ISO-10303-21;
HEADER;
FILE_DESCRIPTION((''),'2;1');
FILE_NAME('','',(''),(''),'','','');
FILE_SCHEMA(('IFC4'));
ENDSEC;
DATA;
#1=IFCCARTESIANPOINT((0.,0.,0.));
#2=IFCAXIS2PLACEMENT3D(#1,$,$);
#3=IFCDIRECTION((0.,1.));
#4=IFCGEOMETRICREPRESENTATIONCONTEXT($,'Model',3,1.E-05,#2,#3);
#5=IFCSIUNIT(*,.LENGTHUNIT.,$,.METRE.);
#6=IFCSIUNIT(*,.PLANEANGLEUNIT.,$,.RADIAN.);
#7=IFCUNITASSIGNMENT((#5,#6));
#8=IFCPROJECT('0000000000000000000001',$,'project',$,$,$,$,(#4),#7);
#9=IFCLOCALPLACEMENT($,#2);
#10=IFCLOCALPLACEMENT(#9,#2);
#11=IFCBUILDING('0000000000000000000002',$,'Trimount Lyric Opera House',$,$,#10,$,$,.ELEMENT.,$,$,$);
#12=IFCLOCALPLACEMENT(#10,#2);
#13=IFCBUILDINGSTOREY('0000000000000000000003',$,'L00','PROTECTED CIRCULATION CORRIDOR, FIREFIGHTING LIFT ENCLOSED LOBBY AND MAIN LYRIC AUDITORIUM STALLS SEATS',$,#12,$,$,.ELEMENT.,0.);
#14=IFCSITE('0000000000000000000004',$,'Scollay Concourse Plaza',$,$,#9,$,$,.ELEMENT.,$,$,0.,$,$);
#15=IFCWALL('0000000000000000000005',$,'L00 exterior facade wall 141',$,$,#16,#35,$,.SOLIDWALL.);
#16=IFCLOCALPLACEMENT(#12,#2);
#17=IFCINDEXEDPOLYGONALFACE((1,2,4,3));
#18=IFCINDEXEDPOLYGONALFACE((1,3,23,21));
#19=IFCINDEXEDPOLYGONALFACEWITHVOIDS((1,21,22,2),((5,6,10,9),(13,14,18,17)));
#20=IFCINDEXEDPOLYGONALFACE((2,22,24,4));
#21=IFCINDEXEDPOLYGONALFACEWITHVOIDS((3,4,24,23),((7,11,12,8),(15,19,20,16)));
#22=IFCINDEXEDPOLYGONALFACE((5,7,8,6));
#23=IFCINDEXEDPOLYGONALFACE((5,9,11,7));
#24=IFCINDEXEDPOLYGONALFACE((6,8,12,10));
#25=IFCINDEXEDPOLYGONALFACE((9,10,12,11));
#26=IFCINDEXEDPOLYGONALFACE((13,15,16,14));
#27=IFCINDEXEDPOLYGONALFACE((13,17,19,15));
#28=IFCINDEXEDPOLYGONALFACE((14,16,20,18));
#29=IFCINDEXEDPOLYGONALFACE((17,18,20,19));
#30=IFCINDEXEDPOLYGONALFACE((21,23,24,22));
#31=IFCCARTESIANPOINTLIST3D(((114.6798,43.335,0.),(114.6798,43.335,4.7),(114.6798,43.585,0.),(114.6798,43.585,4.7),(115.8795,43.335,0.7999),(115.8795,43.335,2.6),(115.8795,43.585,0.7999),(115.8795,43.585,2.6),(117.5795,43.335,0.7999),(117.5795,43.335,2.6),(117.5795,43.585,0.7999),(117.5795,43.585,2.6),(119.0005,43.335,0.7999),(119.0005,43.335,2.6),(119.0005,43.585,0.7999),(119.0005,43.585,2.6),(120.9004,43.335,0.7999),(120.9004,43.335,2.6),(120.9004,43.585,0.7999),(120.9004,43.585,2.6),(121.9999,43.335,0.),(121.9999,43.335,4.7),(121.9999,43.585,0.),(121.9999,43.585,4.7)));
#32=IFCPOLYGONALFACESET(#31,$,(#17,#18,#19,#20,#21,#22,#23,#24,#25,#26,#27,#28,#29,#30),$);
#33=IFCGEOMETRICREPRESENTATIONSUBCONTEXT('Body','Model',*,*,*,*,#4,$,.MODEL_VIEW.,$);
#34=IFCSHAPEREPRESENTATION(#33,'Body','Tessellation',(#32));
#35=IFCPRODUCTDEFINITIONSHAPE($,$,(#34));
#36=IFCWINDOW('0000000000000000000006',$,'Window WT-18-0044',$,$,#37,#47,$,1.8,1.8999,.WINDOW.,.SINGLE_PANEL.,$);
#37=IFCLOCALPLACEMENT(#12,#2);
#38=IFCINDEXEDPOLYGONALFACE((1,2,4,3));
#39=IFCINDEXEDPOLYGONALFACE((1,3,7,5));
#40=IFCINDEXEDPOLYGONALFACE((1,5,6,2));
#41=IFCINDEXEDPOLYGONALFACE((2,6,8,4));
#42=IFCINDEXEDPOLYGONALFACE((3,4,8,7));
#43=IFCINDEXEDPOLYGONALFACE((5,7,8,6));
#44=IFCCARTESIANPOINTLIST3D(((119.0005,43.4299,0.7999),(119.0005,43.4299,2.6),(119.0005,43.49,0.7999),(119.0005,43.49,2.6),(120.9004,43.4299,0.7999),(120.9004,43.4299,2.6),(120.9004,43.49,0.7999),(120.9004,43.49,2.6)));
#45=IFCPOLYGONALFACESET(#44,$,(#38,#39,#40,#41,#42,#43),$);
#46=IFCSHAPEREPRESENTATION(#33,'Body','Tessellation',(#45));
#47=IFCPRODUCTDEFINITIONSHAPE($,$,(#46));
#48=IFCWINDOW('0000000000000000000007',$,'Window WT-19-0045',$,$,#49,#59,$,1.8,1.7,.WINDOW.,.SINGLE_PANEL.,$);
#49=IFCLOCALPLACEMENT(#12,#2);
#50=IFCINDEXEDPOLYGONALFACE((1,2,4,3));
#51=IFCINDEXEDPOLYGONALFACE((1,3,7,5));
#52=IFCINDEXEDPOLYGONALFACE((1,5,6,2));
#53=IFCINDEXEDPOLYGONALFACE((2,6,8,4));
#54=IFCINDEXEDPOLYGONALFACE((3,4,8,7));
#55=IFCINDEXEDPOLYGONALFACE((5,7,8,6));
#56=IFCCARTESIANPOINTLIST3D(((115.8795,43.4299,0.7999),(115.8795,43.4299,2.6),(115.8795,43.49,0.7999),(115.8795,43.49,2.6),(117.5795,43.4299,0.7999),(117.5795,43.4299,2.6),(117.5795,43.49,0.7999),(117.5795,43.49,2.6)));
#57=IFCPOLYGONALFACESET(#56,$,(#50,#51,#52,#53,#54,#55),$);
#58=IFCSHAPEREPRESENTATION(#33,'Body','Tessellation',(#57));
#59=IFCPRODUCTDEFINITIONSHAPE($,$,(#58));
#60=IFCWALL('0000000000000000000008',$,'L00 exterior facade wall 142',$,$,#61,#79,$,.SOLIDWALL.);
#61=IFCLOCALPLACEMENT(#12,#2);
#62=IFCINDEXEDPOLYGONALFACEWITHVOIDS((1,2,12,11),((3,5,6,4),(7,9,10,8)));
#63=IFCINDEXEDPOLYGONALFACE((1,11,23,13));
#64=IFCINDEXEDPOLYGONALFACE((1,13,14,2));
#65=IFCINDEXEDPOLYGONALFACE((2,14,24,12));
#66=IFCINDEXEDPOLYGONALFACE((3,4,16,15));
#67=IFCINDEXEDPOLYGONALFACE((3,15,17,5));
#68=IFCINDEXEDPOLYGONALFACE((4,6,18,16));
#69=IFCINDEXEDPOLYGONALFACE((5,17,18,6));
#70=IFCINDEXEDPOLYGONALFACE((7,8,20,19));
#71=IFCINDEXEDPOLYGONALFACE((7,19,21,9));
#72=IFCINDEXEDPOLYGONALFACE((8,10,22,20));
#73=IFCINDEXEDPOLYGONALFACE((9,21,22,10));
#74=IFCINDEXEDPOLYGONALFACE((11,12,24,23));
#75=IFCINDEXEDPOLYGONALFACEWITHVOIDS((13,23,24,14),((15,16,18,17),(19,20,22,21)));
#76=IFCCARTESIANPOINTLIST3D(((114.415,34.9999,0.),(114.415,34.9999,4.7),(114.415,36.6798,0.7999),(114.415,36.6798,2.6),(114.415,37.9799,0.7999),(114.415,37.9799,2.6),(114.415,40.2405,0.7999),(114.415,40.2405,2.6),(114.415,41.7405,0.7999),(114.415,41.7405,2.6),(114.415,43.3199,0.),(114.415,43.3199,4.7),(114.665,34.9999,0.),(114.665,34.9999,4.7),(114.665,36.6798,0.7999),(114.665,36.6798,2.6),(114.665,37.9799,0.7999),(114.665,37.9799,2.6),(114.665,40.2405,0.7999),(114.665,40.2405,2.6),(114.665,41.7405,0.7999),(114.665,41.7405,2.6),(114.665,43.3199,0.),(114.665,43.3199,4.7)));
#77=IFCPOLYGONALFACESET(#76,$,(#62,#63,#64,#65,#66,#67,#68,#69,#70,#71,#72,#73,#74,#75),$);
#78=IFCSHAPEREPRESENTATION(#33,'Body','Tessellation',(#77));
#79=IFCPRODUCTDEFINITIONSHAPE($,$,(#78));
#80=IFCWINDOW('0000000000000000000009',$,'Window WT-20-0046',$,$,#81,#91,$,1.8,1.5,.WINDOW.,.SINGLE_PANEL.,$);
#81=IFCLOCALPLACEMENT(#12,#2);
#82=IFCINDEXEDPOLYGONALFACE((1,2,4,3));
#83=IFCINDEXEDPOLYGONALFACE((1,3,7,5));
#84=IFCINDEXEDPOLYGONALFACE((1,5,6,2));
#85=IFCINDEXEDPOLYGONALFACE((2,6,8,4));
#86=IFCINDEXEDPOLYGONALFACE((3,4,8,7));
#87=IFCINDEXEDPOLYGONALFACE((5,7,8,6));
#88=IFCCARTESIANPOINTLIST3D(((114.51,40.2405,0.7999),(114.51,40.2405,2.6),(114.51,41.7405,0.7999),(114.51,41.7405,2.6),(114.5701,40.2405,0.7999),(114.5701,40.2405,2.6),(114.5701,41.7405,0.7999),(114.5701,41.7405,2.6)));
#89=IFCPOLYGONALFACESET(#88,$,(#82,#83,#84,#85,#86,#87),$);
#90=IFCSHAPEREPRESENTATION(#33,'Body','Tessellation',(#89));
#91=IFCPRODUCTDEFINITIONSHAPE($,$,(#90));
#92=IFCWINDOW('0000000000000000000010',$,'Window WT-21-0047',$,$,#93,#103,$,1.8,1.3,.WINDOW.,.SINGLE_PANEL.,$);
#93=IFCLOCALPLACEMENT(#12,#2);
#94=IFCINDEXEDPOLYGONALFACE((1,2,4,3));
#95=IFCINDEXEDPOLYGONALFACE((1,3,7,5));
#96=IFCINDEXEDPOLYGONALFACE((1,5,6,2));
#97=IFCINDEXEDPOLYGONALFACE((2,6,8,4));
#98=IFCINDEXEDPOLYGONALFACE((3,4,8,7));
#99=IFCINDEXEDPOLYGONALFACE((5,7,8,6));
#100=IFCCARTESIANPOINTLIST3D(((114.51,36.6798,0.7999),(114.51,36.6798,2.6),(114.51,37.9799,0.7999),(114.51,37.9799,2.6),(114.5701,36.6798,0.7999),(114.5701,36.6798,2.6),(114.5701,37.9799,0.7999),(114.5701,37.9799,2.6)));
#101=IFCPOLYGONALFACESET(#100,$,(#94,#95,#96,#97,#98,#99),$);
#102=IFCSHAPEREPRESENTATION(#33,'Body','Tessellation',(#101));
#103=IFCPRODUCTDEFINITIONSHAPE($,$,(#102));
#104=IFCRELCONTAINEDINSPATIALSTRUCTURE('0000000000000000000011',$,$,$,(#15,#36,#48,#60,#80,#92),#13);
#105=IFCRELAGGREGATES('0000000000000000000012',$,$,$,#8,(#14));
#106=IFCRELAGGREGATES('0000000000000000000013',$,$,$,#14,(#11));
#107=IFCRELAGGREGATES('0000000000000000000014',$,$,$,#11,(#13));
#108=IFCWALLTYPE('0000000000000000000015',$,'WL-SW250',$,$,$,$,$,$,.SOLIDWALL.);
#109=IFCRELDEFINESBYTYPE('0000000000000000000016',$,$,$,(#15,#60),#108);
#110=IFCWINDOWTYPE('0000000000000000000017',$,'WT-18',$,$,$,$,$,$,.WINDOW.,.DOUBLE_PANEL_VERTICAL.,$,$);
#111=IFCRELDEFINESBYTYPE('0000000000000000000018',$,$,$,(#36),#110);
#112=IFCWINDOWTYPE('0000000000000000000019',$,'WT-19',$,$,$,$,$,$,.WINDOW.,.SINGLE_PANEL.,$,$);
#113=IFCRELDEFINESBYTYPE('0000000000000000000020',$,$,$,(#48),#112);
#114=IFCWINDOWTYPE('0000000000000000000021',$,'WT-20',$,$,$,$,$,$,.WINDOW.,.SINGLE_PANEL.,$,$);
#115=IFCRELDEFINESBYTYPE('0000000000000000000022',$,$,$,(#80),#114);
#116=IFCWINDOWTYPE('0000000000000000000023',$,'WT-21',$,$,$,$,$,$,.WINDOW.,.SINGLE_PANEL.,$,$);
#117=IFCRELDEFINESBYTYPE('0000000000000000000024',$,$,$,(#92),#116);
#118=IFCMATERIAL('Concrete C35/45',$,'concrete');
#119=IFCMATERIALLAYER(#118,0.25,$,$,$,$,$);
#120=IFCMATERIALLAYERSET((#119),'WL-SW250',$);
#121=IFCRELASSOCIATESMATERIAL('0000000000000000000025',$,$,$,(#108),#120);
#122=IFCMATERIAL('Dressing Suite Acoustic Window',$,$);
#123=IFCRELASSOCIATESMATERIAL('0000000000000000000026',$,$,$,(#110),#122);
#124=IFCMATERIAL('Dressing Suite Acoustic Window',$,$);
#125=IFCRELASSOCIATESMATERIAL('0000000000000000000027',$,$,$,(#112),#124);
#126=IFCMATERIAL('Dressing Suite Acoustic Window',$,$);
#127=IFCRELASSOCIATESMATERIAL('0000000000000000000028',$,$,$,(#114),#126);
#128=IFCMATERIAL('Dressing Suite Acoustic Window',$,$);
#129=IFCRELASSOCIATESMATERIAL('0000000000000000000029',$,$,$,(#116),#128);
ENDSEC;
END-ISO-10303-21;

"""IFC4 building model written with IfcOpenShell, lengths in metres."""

from ifc_helpers import new_model, si_unit, direction, frame, frame_2d, origin, place, context, subcontext, project, spatial, rectangle, extrude, material, layer, layer_set, type_object, element, fill, save


model = new_model("IFC4")

# Units and contexts
model_context = context("Model", 3, precision=1e-05, world=origin(), true_north=direction((0.0, 1.0)))
body_context = subcontext(model_context, "Body", "Model", "MODEL_VIEW")
ifc_project = project(units=[si_unit("LENGTHUNIT", "METRE"), si_unit("PLANEANGLEUNIT", "RADIAN")], contexts=[model_context])

# Site, building, storey
site_placement = place(None, origin())
site = spatial("IfcSite", under=ifc_project, at=site_placement, Name="Scollay Concourse Plaza", CompositionType="ELEMENT", RefElevation=0.0)
building_placement = place(site_placement, origin())
building = spatial("IfcBuilding", under=site, at=building_placement, Name="Trimount Lyric Opera House", CompositionType="ELEMENT")
storey_placement = place(building_placement, origin())
storey = spatial("IfcBuildingStorey", under=building, at=storey_placement, Name="L00", Description="PROTECTED CIRCULATION CORRIDOR, FIREFIGHTING LIFT ENCLOSED LOBBY AND MAIN LYRIC AUDITORIUM STALLS SEATS", CompositionType="ELEMENT", Elevation=0.0)

# Walls, openings, windows
ifc_material_1 = material(Name="Concrete C35/45", Category="concrete")
ifc_layer = layer(ifc_material_1, 0.25)
ifc_layer_set = layer_set([ifc_layer], Name="WL-SW250")
wall_type = type_object("IfcWallType", Name="WL-SW250", PredefinedType="SOLIDWALL", material=ifc_layer_set)
wall_1_placement = place(storey_placement, frame((122.0, 43.46, 0.0), z_axis=(0.0, 0.0, 1.0), x_axis=(-1.0, 0.0, 0.0)))
wall_1 = element("IfcWall", 1, at=wall_1_placement, inside=storey, type_object=wall_type, Name="L00 exterior facade wall 141", PredefinedType="SOLIDWALL", context=body_context, shape_type="SweptSolid", body=[
    extrude(rectangle(XDim=7.3201, YDim=0.25, at=frame_2d((3.6602, 0.0))), origin(), (0.0, 0.0, 1.0), 4.7),
])
opening_1_placement = place(wall_1_placement, frame((1.0996, 0.0, 0.8)))
opening_1 = element("IfcOpeningElement", 2, at=opening_1_placement, cuts=wall_1, PredefinedType="OPENING", context=body_context, shape_type="SweptSolid", body=[
    extrude(rectangle(XDim=1.8999, YDim=1.8, at=frame_2d((0.95, 0.8999))), frame((0.0, 0.135, 0.0), z_axis=(0.0, -1.0, 0.0), x_axis=(1.0, 0.0, 0.0)), (0.0, 0.0, 1.0), 0.27),
])
opening_2_placement = place(wall_1_placement, frame((4.4204, 0.0, 0.8)))
opening_2 = element("IfcOpeningElement", 3, at=opening_2_placement, cuts=wall_1, PredefinedType="OPENING", context=body_context, shape_type="SweptSolid", body=[
    extrude(rectangle(XDim=1.7, YDim=1.8, at=frame_2d((0.8501, 0.8999))), frame((0.0, 0.135, 0.0), z_axis=(0.0, -1.0, 0.0), x_axis=(1.0, 0.0, 0.0)), (0.0, 0.0, 1.0), 0.27),
])
ifc_material_2 = material(Name="Dressing Suite Acoustic Window")
window_type_1 = type_object("IfcWindowType", Name="WT-18", PartitioningType="DOUBLE_PANEL_VERTICAL", PredefinedType="WINDOW", material=ifc_material_2)
window_1_placement = place(opening_1_placement, origin())
window_1 = element("IfcWindow", 4, at=window_1_placement, inside=storey, type_object=window_type_1, Name="Window WT-18-0044", OverallHeight=1.8, OverallWidth=1.8999, PartitioningType="SINGLE_PANEL", PredefinedType="WINDOW", context=body_context, shape_type="SweptSolid", body=[
    extrude(rectangle(XDim=1.8999, YDim=1.8, at=frame_2d((0.95, 0.8999))), frame((0.0, 0.03, 0.0), z_axis=(0.0, -1.0, 0.0), x_axis=(1.0, 0.0, 0.0)), (0.0, 0.0, 1.0), 0.0601),
])
fill(opening_1, window_1)
ifc_material_3 = material(Name="Dressing Suite Acoustic Window")
window_type_2 = type_object("IfcWindowType", Name="WT-19", PartitioningType="SINGLE_PANEL", PredefinedType="WINDOW", material=ifc_material_3)
window_2_placement = place(opening_2_placement, origin())
window_2 = element("IfcWindow", 5, at=window_2_placement, inside=storey, type_object=window_type_2, Name="Window WT-19-0045", OverallHeight=1.8, OverallWidth=1.7, PartitioningType="SINGLE_PANEL", PredefinedType="WINDOW", context=body_context, shape_type="SweptSolid", body=[
    extrude(rectangle(XDim=1.7, YDim=1.8, at=frame_2d((0.8501, 0.8999))), frame((0.0, 0.03, 0.0), z_axis=(0.0, -1.0, 0.0), x_axis=(1.0, 0.0, 0.0)), (0.0, 0.0, 1.0), 0.0601),
])
fill(opening_2, window_2)
wall_2_placement = place(storey_placement, frame((114.54, 43.3201, 0.0), z_axis=(0.0, 0.0, 1.0), x_axis=(0.0, -1.0, 0.0)))
wall_2 = element("IfcWall", 6, at=wall_2_placement, inside=storey, type_object=wall_type, Name="L00 exterior facade wall 142", PredefinedType="SOLIDWALL", context=body_context, shape_type="SweptSolid", body=[
    extrude(rectangle(XDim=8.3201, YDim=0.25, at=frame_2d((4.1602, 0.0))), origin(), (0.0, 0.0, 1.0), 4.7),
])
opening_3_placement = place(wall_2_placement, frame((1.5796, 0.0, 0.8)))
opening_3 = element("IfcOpeningElement", 7, at=opening_3_placement, cuts=wall_2, PredefinedType="OPENING", context=body_context, shape_type="SweptSolid", body=[
    extrude(rectangle(XDim=1.5, YDim=1.8, at=frame_2d((0.75, 0.8999))), frame((0.0, 0.135, 0.0), z_axis=(0.0, -1.0, 0.0), x_axis=(1.0, 0.0, 0.0)), (0.0, 0.0, 1.0), 0.27),
])
opening_4_placement = place(wall_2_placement, frame((5.3403, 0.0, 0.8)))
opening_4 = element("IfcOpeningElement", 8, at=opening_4_placement, cuts=wall_2, PredefinedType="OPENING", context=body_context, shape_type="SweptSolid", body=[
    extrude(rectangle(XDim=1.3, YDim=1.8, at=frame_2d((0.6499, 0.8999))), frame((0.0, 0.135, 0.0), z_axis=(0.0, -1.0, 0.0), x_axis=(1.0, 0.0, 0.0)), (0.0, 0.0, 1.0), 0.27),
])
ifc_material_4 = material(Name="Dressing Suite Acoustic Window")
window_type_3 = type_object("IfcWindowType", Name="WT-20", PartitioningType="SINGLE_PANEL", PredefinedType="WINDOW", material=ifc_material_4)
window_3_placement = place(opening_3_placement, origin())
window_3 = element("IfcWindow", 9, at=window_3_placement, inside=storey, type_object=window_type_3, Name="Window WT-20-0046", OverallHeight=1.8, OverallWidth=1.5, PartitioningType="SINGLE_PANEL", PredefinedType="WINDOW", context=body_context, shape_type="SweptSolid", body=[
    extrude(rectangle(XDim=1.5, YDim=1.8, at=frame_2d((0.75, 0.8999))), frame((0.0, 0.03, 0.0), z_axis=(0.0, -1.0, 0.0), x_axis=(1.0, 0.0, 0.0)), (0.0, 0.0, 1.0), 0.0601),
])
fill(opening_3, window_3)
ifc_material_5 = material(Name="Dressing Suite Acoustic Window")
window_type_4 = type_object("IfcWindowType", Name="WT-21", PartitioningType="SINGLE_PANEL", PredefinedType="WINDOW", material=ifc_material_5)
window_4_placement = place(opening_4_placement, origin())
window_4 = element("IfcWindow", 10, at=window_4_placement, inside=storey, type_object=window_type_4, Name="Window WT-21-0047", OverallHeight=1.8, OverallWidth=1.3, PartitioningType="SINGLE_PANEL", PredefinedType="WINDOW", context=body_context, shape_type="SweptSolid", body=[
    extrude(rectangle(XDim=1.3, YDim=1.8, at=frame_2d((0.6499, 0.8999))), frame((0.0, 0.03, 0.0), z_axis=(0.0, -1.0, 0.0), x_axis=(1.0, 0.0, 0.0)), (0.0, 0.0, 1.0), 0.0601),
])
fill(opening_4, window_4)

save(model, "model.ifc")
